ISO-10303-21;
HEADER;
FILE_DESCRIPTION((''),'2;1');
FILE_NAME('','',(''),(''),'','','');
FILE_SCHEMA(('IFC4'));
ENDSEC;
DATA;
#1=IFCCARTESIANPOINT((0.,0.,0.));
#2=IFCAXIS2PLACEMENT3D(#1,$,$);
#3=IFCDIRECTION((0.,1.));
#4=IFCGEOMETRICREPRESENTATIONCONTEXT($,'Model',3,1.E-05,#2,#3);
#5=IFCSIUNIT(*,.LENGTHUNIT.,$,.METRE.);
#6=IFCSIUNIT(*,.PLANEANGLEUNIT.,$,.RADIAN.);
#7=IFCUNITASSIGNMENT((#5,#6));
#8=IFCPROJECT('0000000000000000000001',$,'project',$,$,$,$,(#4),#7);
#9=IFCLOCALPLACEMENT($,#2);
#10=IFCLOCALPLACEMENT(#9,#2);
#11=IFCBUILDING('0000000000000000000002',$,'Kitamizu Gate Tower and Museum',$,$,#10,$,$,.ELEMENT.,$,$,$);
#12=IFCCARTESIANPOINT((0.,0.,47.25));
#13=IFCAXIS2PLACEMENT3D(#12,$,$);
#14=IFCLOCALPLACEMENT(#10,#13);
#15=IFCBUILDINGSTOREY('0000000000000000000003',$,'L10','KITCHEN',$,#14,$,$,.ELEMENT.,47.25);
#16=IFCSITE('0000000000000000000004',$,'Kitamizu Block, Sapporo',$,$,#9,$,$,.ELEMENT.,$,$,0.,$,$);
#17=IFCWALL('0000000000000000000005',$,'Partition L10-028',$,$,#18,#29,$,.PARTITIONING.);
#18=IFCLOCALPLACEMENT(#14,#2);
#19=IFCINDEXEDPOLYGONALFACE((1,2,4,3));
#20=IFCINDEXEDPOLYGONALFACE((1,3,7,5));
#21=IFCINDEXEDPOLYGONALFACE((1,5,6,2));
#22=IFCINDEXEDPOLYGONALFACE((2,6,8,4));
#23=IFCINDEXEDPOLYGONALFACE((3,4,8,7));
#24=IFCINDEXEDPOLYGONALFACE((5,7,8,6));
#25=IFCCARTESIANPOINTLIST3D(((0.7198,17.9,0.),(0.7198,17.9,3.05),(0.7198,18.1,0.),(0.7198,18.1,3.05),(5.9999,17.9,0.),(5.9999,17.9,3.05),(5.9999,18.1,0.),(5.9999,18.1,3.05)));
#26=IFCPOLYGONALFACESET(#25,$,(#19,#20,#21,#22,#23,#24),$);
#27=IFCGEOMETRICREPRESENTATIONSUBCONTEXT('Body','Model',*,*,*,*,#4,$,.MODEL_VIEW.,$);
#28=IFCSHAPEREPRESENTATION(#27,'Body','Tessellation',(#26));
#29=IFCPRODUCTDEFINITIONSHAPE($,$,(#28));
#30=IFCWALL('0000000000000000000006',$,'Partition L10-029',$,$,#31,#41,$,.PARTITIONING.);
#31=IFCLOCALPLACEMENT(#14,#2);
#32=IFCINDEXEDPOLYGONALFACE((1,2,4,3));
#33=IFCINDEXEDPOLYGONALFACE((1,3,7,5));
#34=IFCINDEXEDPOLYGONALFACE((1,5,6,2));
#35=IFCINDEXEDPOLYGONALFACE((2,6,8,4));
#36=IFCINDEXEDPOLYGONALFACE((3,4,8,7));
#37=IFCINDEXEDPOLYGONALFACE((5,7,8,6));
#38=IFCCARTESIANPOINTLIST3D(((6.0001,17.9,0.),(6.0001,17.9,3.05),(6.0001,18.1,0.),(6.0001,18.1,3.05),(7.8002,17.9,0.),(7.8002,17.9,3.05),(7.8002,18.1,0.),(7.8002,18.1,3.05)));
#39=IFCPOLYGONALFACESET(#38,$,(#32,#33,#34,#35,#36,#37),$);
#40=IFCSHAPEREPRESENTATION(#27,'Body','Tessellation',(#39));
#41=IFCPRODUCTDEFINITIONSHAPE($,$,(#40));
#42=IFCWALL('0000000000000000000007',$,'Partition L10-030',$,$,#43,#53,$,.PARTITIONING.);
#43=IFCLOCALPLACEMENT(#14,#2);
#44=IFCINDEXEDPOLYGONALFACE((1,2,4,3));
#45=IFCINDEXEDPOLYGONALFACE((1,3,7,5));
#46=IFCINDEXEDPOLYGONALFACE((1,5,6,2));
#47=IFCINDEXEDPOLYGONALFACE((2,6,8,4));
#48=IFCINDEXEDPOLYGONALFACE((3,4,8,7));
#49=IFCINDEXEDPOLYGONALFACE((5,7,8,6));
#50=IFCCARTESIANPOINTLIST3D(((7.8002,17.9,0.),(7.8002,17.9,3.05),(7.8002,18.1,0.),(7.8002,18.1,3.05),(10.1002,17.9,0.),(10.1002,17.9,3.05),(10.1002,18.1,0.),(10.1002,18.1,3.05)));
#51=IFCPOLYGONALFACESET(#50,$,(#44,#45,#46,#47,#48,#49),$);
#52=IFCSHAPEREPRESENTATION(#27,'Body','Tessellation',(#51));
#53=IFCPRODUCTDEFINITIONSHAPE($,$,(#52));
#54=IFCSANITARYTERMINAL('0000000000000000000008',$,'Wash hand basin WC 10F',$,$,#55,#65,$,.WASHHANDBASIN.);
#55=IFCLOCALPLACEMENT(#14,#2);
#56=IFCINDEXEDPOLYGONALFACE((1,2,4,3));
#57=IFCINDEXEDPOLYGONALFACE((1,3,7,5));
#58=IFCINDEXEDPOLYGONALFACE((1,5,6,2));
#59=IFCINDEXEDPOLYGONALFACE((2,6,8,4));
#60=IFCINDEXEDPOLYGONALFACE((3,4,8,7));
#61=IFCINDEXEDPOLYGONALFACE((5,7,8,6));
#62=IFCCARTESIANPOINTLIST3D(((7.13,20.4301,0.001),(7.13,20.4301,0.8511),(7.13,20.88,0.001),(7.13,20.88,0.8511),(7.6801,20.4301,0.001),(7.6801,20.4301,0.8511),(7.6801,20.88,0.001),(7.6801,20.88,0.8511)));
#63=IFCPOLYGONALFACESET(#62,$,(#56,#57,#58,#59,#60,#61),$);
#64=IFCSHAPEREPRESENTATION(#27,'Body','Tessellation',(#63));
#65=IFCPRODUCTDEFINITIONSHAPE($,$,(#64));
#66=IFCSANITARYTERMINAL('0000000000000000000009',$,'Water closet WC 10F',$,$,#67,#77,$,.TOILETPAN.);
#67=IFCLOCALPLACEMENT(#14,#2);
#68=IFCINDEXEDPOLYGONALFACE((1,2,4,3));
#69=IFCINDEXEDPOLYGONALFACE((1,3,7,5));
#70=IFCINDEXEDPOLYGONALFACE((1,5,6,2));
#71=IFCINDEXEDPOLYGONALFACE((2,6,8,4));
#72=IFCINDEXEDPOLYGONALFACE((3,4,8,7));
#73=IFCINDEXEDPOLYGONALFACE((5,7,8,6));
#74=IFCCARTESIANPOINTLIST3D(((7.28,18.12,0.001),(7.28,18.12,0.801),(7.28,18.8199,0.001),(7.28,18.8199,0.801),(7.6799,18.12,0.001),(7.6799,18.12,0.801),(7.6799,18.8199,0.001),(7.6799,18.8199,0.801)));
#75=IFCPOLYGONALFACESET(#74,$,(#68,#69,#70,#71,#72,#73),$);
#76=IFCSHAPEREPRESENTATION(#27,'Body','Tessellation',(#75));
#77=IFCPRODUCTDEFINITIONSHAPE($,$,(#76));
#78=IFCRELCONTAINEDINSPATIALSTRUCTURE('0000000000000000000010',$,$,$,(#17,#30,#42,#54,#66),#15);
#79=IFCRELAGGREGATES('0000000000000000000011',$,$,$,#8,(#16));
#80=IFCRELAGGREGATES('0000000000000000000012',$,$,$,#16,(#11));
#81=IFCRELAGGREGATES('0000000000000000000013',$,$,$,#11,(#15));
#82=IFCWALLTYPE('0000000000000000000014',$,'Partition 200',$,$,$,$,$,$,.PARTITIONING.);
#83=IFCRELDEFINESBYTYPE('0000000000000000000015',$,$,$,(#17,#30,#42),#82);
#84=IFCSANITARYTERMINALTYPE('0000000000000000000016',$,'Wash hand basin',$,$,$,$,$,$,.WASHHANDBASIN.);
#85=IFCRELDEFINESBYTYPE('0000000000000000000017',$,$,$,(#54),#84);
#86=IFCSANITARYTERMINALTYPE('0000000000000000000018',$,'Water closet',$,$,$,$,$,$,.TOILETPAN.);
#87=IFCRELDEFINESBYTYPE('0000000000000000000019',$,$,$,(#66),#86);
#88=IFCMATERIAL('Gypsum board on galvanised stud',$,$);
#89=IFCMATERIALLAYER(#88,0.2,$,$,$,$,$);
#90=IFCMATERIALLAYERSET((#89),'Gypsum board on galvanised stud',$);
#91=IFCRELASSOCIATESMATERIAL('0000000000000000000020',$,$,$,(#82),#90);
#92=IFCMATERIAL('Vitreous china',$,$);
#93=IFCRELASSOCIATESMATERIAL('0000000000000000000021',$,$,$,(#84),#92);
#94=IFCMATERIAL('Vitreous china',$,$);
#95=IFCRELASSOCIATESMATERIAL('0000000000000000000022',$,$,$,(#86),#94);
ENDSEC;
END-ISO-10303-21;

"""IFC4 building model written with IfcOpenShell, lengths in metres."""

from ifc_helpers import new_model, si_unit, direction, frame, frame_2d, origin, origin_2d, place, context, subcontext, project, spatial, rectangle, extrude, material, layer, layer_set, type_object, element, save


model = new_model("IFC4")

# Units and contexts
model_context = context("Model", 3, precision=1e-05, world=origin(), true_north=direction((0.0, 1.0)))
body_context = subcontext(model_context, "Body", "Model", "MODEL_VIEW")
ifc_project = project(units=[si_unit("LENGTHUNIT", "METRE"), si_unit("PLANEANGLEUNIT", "RADIAN")], contexts=[model_context])

# Site, building, storey
site_placement = place(None, origin())
site = spatial("IfcSite", under=ifc_project, at=site_placement, Name="Kitamizu Block, Sapporo", CompositionType="ELEMENT", RefElevation=0.0)
building_placement = place(site_placement, origin())
building = spatial("IfcBuilding", under=site, at=building_placement, Name="Kitamizu Gate Tower and Museum", CompositionType="ELEMENT")
storey_placement = place(building_placement, frame((0.0, 0.0, 47.25)))
storey = spatial("IfcBuildingStorey", under=building, at=storey_placement, Name="L10", Description="KITCHEN", CompositionType="ELEMENT", Elevation=47.25)

# Walls
ifc_material_1 = material(Name="Gypsum board on galvanised stud")
ifc_layer_1 = layer(ifc_material_1, 0.2)
ifc_layer_set_1 = layer_set([ifc_layer_1], Name="Gypsum board on galvanised stud")
wall_type_1 = type_object("IfcWallType", Name="Partition 200", PredefinedType="PARTITIONING", material=ifc_layer_set_1)
wall_1_placement = place(storey_placement, frame((6.0, 18.0, 0.0), z_axis=(0.0, 0.0, 1.0), x_axis=(-1.0, 0.0, 0.0)))
element("IfcWall", 1, at=wall_1_placement, inside=storey, type_object=wall_type_1, Name="Partition L10-028", PredefinedType="PARTITIONING", context=body_context, shape_type="SweptSolid", body=[
    extrude(rectangle(XDim=5.28, YDim=0.2, at=frame_2d((2.6401, 0.0))), origin(), (0.0, 0.0, 1.0), 3.05),
])
wall_2_placement = place(storey_placement, frame((7.8, 18.0, 0.0), z_axis=(0.0, 0.0, 1.0), x_axis=(-1.0, 0.0, 0.0)))
element("IfcWall", 2, at=wall_2_placement, inside=storey, type_object=wall_type_1, Name="Partition L10-029", PredefinedType="PARTITIONING", context=body_context, shape_type="SweptSolid", body=[
    extrude(rectangle(XDim=1.8, YDim=0.2, at=frame_2d((0.8999, 0.0))), origin(), (0.0, 0.0, 1.0), 3.05),
])
wall_3_placement = place(storey_placement, frame((10.1001, 18.0, 0.0), z_axis=(0.0, 0.0, 1.0), x_axis=(-1.0, 0.0, 0.0)))
element("IfcWall", 3, at=wall_3_placement, inside=storey, type_object=wall_type_1, Name="Partition L10-030", PredefinedType="PARTITIONING", context=body_context, shape_type="SweptSolid", body=[
    extrude(rectangle(XDim=2.3, YDim=0.2, at=frame_2d((1.1499, 0.0))), origin(), (0.0, 0.0, 1.0), 3.05),
])

# Sanitary terminals
ifc_material_2 = material(Name="Vitreous china")
sanitary_terminal_type_1 = type_object("IfcSanitaryTerminalType", Name="Wash hand basin", PredefinedType="WASHHANDBASIN", material=ifc_material_2)
sanitary_terminal_1_placement = place(storey_placement, frame((7.405, 20.655, 0.001), z_axis=(0.0, 0.0, 1.0), x_axis=(1.0, 0.0, 0.0)))
element("IfcSanitaryTerminal", 4, at=sanitary_terminal_1_placement, inside=storey, type_object=sanitary_terminal_type_1, Name="Wash hand basin WC 10F", PredefinedType="WASHHANDBASIN", context=body_context, shape_type="SweptSolid", body=[
    extrude(rectangle(XDim=0.55, YDim=0.45, at=origin_2d()), origin(), (0.0, 0.0, 1.0), 0.8501),
])
ifc_material_3 = material(Name="Vitreous china")
sanitary_terminal_type_2 = type_object("IfcSanitaryTerminalType", Name="Water closet", PredefinedType="TOILETPAN", material=ifc_material_3)
sanitary_terminal_2_placement = place(storey_placement, frame((7.48, 18.47, 0.001), z_axis=(0.0, 0.0, 1.0), x_axis=(1.0, 0.0, 0.0)))
element("IfcSanitaryTerminal", 5, at=sanitary_terminal_2_placement, inside=storey, type_object=sanitary_terminal_type_2, Name="Water closet WC 10F", PredefinedType="TOILETPAN", context=body_context, shape_type="SweptSolid", body=[
    extrude(rectangle(XDim=0.3999, YDim=0.7, at=origin_2d()), origin(), (0.0, 0.0, 1.0), 0.8),
])

save(model, "model.ifc")
